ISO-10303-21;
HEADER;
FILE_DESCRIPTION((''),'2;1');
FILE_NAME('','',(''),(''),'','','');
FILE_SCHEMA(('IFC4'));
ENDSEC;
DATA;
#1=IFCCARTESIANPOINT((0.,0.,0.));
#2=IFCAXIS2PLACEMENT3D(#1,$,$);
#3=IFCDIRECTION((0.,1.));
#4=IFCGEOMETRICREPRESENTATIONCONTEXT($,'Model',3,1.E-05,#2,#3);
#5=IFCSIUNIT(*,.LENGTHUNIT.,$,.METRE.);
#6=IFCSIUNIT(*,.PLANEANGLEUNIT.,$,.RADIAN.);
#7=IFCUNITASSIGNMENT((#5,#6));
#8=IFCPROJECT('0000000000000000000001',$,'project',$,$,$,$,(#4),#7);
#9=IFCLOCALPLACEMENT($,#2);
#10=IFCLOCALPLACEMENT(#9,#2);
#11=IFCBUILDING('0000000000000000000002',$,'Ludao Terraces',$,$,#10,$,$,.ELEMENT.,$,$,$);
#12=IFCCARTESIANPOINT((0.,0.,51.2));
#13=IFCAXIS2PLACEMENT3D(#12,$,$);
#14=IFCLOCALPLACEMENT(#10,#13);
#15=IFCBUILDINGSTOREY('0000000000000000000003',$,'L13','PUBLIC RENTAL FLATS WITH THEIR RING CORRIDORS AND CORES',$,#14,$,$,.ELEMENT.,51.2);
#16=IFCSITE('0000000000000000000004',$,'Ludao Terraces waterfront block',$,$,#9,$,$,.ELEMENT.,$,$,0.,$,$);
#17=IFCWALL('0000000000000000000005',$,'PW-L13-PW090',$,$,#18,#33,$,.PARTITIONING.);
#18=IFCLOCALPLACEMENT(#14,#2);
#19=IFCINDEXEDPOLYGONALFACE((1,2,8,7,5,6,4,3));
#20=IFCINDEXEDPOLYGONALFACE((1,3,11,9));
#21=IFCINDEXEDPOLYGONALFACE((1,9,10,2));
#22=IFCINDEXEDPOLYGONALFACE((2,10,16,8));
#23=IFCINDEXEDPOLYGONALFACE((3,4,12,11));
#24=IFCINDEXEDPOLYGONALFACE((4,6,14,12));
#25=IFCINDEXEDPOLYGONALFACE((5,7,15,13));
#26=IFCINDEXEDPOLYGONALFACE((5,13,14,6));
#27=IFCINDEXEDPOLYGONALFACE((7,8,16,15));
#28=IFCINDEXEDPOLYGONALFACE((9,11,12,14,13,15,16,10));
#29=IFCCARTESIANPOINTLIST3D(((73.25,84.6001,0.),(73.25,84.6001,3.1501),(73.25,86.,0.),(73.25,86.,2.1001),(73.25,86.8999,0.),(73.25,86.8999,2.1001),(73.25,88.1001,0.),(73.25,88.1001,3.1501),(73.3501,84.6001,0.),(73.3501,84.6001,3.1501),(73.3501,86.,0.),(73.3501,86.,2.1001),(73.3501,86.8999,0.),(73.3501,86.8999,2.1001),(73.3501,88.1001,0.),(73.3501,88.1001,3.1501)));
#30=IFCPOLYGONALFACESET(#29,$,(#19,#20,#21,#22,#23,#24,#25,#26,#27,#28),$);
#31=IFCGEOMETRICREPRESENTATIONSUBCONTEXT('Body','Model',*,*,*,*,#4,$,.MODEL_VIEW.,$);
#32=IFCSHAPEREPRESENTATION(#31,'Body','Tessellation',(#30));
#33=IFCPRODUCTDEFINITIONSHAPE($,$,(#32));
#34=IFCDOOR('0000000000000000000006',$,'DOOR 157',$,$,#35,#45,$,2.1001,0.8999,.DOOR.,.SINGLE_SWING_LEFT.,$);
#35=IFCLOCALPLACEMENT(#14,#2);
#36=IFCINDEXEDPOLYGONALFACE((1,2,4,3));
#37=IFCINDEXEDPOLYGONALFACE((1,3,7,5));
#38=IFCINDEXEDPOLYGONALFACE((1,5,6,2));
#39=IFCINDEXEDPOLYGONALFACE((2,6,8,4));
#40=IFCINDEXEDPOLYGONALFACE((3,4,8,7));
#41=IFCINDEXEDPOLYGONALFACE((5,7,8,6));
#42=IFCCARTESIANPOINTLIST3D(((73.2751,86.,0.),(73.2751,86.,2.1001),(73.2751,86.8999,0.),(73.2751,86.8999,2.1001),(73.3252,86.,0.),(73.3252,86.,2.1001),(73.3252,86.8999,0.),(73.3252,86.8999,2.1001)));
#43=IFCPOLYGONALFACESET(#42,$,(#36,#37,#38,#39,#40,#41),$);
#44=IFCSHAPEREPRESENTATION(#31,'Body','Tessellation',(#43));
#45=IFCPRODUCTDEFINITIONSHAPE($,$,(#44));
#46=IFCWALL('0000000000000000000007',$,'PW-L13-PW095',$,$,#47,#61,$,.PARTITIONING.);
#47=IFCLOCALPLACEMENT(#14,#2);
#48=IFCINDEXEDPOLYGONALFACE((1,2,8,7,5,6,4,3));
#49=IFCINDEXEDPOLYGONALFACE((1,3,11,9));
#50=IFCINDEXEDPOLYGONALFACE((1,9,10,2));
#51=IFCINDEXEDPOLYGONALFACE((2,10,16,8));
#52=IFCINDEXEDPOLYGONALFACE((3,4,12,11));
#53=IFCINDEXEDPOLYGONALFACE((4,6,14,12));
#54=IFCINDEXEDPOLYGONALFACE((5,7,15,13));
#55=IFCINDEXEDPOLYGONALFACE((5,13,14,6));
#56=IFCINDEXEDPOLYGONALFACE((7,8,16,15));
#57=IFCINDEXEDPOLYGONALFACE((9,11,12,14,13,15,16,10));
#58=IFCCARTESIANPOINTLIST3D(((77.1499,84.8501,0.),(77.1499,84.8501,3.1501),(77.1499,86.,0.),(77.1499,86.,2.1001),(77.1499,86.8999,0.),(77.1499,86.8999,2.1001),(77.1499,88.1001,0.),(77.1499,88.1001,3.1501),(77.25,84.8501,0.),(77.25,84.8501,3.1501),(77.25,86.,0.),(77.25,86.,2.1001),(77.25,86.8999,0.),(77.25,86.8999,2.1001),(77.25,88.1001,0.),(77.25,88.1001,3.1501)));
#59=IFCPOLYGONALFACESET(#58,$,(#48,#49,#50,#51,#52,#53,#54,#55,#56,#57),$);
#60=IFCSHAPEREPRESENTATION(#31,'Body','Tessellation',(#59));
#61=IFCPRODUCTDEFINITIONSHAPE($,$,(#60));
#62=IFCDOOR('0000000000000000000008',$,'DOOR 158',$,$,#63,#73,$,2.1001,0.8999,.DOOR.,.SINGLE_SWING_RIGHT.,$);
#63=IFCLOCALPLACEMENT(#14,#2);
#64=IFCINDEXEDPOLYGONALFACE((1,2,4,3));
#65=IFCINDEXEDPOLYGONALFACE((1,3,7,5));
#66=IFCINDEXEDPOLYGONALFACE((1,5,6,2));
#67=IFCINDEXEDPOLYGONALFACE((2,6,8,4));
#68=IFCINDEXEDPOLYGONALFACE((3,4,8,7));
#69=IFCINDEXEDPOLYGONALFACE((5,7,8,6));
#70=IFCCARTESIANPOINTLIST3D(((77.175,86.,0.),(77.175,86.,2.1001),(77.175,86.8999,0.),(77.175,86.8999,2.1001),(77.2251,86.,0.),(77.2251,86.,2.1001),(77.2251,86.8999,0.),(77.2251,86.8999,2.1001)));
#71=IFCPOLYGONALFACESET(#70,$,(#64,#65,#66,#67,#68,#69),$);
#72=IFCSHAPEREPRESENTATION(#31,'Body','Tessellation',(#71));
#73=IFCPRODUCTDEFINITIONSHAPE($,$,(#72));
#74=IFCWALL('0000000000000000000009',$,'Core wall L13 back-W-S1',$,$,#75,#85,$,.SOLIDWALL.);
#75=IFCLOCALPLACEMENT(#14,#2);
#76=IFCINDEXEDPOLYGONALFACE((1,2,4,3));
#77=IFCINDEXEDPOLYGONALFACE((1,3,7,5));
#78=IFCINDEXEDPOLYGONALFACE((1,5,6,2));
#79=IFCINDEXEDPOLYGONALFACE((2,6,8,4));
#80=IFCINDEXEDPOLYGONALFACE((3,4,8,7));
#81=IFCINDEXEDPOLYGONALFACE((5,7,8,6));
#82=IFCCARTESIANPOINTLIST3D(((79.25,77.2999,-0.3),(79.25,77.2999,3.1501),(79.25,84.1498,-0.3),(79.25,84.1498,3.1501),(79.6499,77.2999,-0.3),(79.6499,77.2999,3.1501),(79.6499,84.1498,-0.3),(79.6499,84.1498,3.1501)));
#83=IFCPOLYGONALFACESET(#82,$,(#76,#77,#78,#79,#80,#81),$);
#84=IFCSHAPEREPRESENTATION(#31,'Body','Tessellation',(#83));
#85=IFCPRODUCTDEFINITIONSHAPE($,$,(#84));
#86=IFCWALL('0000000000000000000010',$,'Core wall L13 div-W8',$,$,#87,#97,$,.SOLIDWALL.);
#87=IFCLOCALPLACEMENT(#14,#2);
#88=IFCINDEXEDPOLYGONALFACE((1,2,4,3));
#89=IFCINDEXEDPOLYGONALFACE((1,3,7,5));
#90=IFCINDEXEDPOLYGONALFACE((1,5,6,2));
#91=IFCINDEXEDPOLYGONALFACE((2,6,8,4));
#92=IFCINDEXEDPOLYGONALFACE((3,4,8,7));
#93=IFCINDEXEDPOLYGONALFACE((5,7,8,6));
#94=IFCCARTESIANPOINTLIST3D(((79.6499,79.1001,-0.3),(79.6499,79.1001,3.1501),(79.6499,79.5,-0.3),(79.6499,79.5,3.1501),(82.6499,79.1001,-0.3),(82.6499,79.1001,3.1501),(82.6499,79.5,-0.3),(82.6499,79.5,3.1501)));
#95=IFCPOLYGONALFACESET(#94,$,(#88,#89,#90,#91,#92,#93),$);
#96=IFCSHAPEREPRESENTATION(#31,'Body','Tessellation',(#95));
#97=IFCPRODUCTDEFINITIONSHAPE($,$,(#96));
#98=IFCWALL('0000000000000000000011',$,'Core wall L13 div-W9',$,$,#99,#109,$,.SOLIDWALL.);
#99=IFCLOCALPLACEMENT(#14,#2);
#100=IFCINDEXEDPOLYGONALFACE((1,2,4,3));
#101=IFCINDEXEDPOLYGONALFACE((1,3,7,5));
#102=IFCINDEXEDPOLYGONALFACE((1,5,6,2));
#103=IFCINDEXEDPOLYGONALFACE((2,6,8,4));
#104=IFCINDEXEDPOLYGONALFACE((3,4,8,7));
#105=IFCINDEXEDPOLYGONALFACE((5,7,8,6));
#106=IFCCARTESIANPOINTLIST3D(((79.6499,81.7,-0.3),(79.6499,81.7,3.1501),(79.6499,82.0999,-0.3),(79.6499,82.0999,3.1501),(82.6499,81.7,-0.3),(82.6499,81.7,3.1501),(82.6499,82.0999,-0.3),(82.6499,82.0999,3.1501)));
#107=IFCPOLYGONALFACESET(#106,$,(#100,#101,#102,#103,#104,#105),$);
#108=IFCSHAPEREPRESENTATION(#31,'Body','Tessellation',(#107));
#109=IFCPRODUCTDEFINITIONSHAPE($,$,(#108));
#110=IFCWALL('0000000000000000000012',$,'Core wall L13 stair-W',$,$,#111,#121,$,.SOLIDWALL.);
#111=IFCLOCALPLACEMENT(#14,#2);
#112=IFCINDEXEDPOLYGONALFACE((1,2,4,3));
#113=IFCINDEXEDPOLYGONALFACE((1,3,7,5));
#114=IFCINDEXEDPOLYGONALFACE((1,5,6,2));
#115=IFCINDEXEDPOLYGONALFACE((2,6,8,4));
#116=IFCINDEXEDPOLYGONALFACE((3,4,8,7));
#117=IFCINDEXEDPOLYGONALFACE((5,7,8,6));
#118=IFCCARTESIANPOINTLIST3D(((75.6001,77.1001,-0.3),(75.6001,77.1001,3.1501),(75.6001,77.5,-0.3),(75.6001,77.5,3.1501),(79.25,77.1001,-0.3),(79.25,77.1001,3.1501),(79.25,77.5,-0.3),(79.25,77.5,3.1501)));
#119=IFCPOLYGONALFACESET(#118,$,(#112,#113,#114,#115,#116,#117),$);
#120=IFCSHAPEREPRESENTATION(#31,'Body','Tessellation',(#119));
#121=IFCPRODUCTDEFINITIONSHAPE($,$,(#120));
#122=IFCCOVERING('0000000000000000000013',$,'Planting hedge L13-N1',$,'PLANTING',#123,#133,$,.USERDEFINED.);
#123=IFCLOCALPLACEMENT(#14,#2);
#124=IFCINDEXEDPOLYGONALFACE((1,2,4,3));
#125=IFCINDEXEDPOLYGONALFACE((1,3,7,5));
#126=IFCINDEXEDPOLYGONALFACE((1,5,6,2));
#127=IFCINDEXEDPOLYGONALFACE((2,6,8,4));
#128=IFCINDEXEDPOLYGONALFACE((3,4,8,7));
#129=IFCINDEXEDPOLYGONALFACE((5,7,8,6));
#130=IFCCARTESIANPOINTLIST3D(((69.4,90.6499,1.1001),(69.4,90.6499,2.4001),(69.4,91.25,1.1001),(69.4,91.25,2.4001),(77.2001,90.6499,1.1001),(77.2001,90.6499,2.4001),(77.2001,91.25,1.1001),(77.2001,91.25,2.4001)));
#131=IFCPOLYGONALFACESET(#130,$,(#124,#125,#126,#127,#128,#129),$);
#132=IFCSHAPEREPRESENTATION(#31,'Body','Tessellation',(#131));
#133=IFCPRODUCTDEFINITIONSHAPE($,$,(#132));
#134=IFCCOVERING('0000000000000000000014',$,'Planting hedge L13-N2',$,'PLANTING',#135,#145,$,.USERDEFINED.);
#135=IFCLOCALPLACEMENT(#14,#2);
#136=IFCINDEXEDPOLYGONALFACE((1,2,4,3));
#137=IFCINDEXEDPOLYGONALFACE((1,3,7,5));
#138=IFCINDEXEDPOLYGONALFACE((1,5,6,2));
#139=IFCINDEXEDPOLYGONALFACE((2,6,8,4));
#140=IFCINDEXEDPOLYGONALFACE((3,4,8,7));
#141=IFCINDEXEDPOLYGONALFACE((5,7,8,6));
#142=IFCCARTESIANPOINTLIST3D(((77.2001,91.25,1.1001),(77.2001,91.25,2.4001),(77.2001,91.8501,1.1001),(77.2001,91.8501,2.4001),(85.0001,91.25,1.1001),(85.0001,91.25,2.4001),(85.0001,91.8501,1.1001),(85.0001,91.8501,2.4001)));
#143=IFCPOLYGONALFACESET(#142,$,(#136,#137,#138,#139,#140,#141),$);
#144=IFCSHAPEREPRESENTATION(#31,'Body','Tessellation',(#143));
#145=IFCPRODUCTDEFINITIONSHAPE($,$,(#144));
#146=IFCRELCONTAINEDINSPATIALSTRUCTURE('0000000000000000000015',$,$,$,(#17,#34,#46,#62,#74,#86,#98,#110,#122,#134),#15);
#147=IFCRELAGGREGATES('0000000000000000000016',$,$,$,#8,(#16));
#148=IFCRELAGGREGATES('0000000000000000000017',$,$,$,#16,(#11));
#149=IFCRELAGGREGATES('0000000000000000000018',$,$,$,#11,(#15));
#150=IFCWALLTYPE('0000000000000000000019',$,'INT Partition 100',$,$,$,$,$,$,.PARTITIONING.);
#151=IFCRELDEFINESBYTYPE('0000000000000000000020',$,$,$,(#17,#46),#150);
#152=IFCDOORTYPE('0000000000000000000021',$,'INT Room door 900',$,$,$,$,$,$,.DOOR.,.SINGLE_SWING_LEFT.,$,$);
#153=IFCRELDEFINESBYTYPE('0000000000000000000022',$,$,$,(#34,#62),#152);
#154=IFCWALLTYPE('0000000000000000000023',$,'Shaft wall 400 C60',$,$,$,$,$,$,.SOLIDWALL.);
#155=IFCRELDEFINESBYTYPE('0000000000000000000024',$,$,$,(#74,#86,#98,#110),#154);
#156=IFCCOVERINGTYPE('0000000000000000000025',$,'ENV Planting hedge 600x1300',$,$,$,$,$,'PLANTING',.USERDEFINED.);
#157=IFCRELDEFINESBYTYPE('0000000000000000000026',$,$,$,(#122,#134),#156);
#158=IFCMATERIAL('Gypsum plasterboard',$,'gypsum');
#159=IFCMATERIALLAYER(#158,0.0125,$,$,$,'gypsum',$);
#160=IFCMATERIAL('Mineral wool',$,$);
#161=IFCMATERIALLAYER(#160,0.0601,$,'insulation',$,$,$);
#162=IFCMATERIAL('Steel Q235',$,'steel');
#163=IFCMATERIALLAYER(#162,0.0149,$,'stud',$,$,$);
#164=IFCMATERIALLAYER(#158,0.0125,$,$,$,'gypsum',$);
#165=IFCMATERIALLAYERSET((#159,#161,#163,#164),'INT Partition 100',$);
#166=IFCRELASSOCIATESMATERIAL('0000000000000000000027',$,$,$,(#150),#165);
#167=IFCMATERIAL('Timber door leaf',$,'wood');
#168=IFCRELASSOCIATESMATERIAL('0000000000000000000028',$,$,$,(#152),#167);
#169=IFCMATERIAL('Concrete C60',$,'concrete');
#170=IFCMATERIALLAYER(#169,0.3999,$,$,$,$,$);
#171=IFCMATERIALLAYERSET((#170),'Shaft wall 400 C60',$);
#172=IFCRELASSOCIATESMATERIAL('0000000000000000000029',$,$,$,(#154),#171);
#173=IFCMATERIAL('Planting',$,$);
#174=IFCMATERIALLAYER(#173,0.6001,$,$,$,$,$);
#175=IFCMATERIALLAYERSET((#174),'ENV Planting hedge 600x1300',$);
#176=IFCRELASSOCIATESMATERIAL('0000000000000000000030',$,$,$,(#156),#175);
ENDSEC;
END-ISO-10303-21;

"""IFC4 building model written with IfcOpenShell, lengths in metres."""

from ifc_helpers import new_model, si_unit, direction, frame, frame_2d, origin, origin_2d, place, context, subcontext, project, spatial, rectangle, extrude, material, layer, layer_set, type_object, element, fill, save


model = new_model("IFC4")

# Units and contexts
model_context = context("Model", 3, precision=1e-05, world=origin(), true_north=direction((0.0, 1.0)))
body_context = subcontext(model_context, "Body", "Model", "MODEL_VIEW")
ifc_project = project(units=[si_unit("LENGTHUNIT", "METRE"), si_unit("PLANEANGLEUNIT", "RADIAN")], contexts=[model_context])

# Site, building, storey
site_placement = place(None, origin())
site = spatial("IfcSite", under=ifc_project, at=site_placement, Name="Ludao Terraces waterfront block", CompositionType="ELEMENT", RefElevation=0.0)
building_placement = place(site_placement, origin())
building = spatial("IfcBuilding", under=site, at=building_placement, Name="Ludao Terraces", CompositionType="ELEMENT")
storey_placement = place(building_placement, frame((0.0, 0.0, 51.2)))
storey = spatial("IfcBuildingStorey", under=building, at=storey_placement, Name="L13", Description="PUBLIC RENTAL FLATS WITH THEIR RING CORRIDORS AND CORES", CompositionType="ELEMENT", Elevation=51.2)

# Shared definitions
ifc_material_1 = material(Name="Concrete C60", Category="concrete")

# Shared definitions
ifc_material_2 = material(Name="Mineral wool")

# Shared definitions
ifc_material_3 = material(Name="Gypsum plasterboard", Category="gypsum")
ifc_layer_1 = layer(ifc_material_3, 0.0125, Category="gypsum")
ifc_layer_2 = layer(ifc_material_2, 0.0601, Name="insulation")
ifc_material_4 = material(Name="Steel Q235", Category="steel")
ifc_layer_3 = layer(ifc_material_4, 0.0149, Name="stud")
ifc_layer_4 = layer(ifc_material_3, 0.0125, Category="gypsum")
ifc_layer_set_1 = layer_set([ifc_layer_1, ifc_layer_2, ifc_layer_3, ifc_layer_4], Name="INT Partition 100")
wall_type_1 = type_object("IfcWallType", Name="INT Partition 100", PredefinedType="PARTITIONING", material=ifc_layer_set_1)

# Shared definitions
ifc_material_5 = material(Name="Timber door leaf", Category="wood")
door_type_1 = type_object("IfcDoorType", Name="INT Room door 900", OperationType="SINGLE_SWING_LEFT", PredefinedType="DOOR", material=ifc_material_5)

# Walls, openings, doors
wall_1_placement = place(storey_placement, frame((73.3, 84.6001, 0.0), z_axis=(0.0, 0.0, 1.0), x_axis=(0.0, 1.0, 0.0)))
wall_1 = element("IfcWall", 1, at=wall_1_placement, inside=storey, type_object=wall_type_1, Name="PW-L13-PW090", PredefinedType="PARTITIONING", context=body_context, shape_type="SweptSolid", body=[
    extrude(rectangle(XDim=3.5, YDim=0.1001, at=frame_2d((1.75, 0.0))), origin(), (0.0, 0.0, 1.0), 3.1501),
])
opening_1_placement = place(wall_1_placement, frame((1.3999, 0.0, 0.0)))
opening_1 = element("IfcOpeningElement", 2, at=opening_1_placement, cuts=wall_1, PredefinedType="OPENING", context=body_context, shape_type="SweptSolid", body=[
    extrude(rectangle(XDim=0.8999, YDim=2.1001, at=frame_2d((0.45, 1.05))), frame((0.0, 0.0601, 0.0), z_axis=(0.0, -1.0, 0.0), x_axis=(1.0, 0.0, 0.0)), (0.0, 0.0, 1.0), 0.1201),
])
door_1_placement = place(opening_1_placement, origin())
door_1 = element("IfcDoor", 3, at=door_1_placement, inside=storey, type_object=door_type_1, Name="DOOR 157", OperationType="SINGLE_SWING_LEFT", OverallHeight=2.1001, OverallWidth=0.8999, PredefinedType="DOOR", context=body_context, shape_type="SweptSolid", body=[
    extrude(rectangle(XDim=0.8999, YDim=2.1001, at=frame_2d((0.45, 1.05))), frame((0.0, 0.0249, 0.0), z_axis=(0.0, -1.0, 0.0), x_axis=(1.0, 0.0, 0.0)), (0.0, 0.0, 1.0), 0.05),
])
fill(opening_1, door_1)
wall_2_placement = place(storey_placement, frame((77.2, 84.8501, 0.0), z_axis=(0.0, 0.0, 1.0), x_axis=(0.0, 1.0, 0.0)))
wall_2 = element("IfcWall", 4, at=wall_2_placement, inside=storey, type_object=wall_type_1, Name="PW-L13-PW095", PredefinedType="PARTITIONING", context=body_context, shape_type="SweptSolid", body=[
    extrude(rectangle(XDim=3.25, YDim=0.1001, at=frame_2d((1.625, 0.0))), origin(), (0.0, 0.0, 1.0), 3.1501),
])
opening_2_placement = place(wall_2_placement, frame((1.1499, 0.0, 0.0)))
opening_2 = element("IfcOpeningElement", 5, at=opening_2_placement, cuts=wall_2, PredefinedType="OPENING", context=body_context, shape_type="SweptSolid", body=[
    extrude(rectangle(XDim=0.8999, YDim=2.1001, at=frame_2d((0.45, 1.05))), frame((0.0, 0.0601, 0.0), z_axis=(0.0, -1.0, 0.0), x_axis=(1.0, 0.0, 0.0)), (0.0, 0.0, 1.0), 0.1201),
])
door_2_placement = place(opening_2_placement, origin())
door_2 = element("IfcDoor", 6, at=door_2_placement, inside=storey, type_object=door_type_1, Name="DOOR 158", OperationType="SINGLE_SWING_RIGHT", OverallHeight=2.1001, OverallWidth=0.8999, PredefinedType="DOOR", context=body_context, shape_type="SweptSolid", body=[
    extrude(rectangle(XDim=0.8999, YDim=2.1001, at=frame_2d((0.45, 1.05))), frame((0.0, 0.0249, 0.0), z_axis=(0.0, -1.0, 0.0), x_axis=(1.0, 0.0, 0.0)), (0.0, 0.0, 1.0), 0.05),
])
fill(opening_2, door_2)

# Walls
ifc_layer_5 = layer(ifc_material_1, 0.3999)
ifc_layer_set_2 = layer_set([ifc_layer_5], Name="Shaft wall 400 C60")
wall_type_2 = type_object("IfcWallType", Name="Shaft wall 400 C60", PredefinedType="SOLIDWALL", material=ifc_layer_set_2)
wall_3_placement = place(storey_placement, frame((79.45, 77.3, -0.3), z_axis=(0.0, 0.0, 1.0), x_axis=(0.0, 1.0, 0.0)))
element("IfcWall", 7, at=wall_3_placement, inside=storey, type_object=wall_type_2, Name="Core wall L13 back-W-S1", PredefinedType="SOLIDWALL", context=body_context, shape_type="SweptSolid", body=[
    extrude(rectangle(XDim=6.8499, YDim=0.3999, at=frame_2d((3.4248, 0.0))), origin(), (0.0, 0.0, 1.0), 3.4502),
])
for number, where, z_axis, x_axis, name in (
    (8, (79.6499, 79.3, -0.3), (0.0, 0.0, 1.0), (1.0, 0.0, 0.0), "Core wall L13 div-W8"),
    (9, (79.6499, 81.8999, -0.3), (0.0, 0.0, 1.0), (1.0, 0.0, 0.0), "Core wall L13 div-W9"),
):
    element("IfcWall", number, at=place(storey_placement, frame(where, z_axis=z_axis, x_axis=x_axis)), inside=storey, type_object=wall_type_2, Name=name, PredefinedType="SOLIDWALL", context=body_context, shape_type="SweptSolid", body=[
        extrude(rectangle(XDim=3.0, YDim=0.3999, at=frame_2d((1.5, 0.0))), origin(), (0.0, 0.0, 1.0), 3.4502),
    ])
wall_4_placement = place(storey_placement, frame((75.6001, 77.3, -0.3), z_axis=(0.0, 0.0, 1.0), x_axis=(1.0, 0.0, 0.0)))
element("IfcWall", 10, at=wall_4_placement, inside=storey, type_object=wall_type_2, Name="Core wall L13 stair-W", PredefinedType="SOLIDWALL", context=body_context, shape_type="SweptSolid", body=[
    extrude(rectangle(XDim=3.6499, YDim=0.3999, at=frame_2d((1.825, 0.0))), origin(), (0.0, 0.0, 1.0), 3.4502),
])

# Coverings
ifc_material_6 = material(Name="Planting")
ifc_layer_6 = layer(ifc_material_6, 0.6001)
ifc_layer_set_3 = layer_set([ifc_layer_6], Name="ENV Planting hedge 600x1300")
covering_type = type_object("IfcCoveringType", Name="ENV Planting hedge 600x1300", ElementType="PLANTING", PredefinedType="USERDEFINED", material=ifc_layer_set_3)
for number, where, z_axis, x_axis, name in (
    (11, (73.3, 90.95, 1.1001), (0.0, 0.0, 1.0), (1.0, 0.0, 0.0), "Planting hedge L13-N1"),
    (12, (81.1001, 91.55, 1.1001), (0.0, 0.0, 1.0), (1.0, 0.0, 0.0), "Planting hedge L13-N2"),
):
    element("IfcCovering", number, at=place(storey_placement, frame(where, z_axis=z_axis, x_axis=x_axis)), inside=storey, type_object=covering_type, Name=name, ObjectType="PLANTING", PredefinedType="USERDEFINED", context=body_context, shape_type="SweptSolid", body=[
        extrude(rectangle(XDim=7.8, YDim=0.6001, at=origin_2d()), origin(), (0.0, 0.0, 1.0), 1.3),
    ])

save(model, "model.ifc")
